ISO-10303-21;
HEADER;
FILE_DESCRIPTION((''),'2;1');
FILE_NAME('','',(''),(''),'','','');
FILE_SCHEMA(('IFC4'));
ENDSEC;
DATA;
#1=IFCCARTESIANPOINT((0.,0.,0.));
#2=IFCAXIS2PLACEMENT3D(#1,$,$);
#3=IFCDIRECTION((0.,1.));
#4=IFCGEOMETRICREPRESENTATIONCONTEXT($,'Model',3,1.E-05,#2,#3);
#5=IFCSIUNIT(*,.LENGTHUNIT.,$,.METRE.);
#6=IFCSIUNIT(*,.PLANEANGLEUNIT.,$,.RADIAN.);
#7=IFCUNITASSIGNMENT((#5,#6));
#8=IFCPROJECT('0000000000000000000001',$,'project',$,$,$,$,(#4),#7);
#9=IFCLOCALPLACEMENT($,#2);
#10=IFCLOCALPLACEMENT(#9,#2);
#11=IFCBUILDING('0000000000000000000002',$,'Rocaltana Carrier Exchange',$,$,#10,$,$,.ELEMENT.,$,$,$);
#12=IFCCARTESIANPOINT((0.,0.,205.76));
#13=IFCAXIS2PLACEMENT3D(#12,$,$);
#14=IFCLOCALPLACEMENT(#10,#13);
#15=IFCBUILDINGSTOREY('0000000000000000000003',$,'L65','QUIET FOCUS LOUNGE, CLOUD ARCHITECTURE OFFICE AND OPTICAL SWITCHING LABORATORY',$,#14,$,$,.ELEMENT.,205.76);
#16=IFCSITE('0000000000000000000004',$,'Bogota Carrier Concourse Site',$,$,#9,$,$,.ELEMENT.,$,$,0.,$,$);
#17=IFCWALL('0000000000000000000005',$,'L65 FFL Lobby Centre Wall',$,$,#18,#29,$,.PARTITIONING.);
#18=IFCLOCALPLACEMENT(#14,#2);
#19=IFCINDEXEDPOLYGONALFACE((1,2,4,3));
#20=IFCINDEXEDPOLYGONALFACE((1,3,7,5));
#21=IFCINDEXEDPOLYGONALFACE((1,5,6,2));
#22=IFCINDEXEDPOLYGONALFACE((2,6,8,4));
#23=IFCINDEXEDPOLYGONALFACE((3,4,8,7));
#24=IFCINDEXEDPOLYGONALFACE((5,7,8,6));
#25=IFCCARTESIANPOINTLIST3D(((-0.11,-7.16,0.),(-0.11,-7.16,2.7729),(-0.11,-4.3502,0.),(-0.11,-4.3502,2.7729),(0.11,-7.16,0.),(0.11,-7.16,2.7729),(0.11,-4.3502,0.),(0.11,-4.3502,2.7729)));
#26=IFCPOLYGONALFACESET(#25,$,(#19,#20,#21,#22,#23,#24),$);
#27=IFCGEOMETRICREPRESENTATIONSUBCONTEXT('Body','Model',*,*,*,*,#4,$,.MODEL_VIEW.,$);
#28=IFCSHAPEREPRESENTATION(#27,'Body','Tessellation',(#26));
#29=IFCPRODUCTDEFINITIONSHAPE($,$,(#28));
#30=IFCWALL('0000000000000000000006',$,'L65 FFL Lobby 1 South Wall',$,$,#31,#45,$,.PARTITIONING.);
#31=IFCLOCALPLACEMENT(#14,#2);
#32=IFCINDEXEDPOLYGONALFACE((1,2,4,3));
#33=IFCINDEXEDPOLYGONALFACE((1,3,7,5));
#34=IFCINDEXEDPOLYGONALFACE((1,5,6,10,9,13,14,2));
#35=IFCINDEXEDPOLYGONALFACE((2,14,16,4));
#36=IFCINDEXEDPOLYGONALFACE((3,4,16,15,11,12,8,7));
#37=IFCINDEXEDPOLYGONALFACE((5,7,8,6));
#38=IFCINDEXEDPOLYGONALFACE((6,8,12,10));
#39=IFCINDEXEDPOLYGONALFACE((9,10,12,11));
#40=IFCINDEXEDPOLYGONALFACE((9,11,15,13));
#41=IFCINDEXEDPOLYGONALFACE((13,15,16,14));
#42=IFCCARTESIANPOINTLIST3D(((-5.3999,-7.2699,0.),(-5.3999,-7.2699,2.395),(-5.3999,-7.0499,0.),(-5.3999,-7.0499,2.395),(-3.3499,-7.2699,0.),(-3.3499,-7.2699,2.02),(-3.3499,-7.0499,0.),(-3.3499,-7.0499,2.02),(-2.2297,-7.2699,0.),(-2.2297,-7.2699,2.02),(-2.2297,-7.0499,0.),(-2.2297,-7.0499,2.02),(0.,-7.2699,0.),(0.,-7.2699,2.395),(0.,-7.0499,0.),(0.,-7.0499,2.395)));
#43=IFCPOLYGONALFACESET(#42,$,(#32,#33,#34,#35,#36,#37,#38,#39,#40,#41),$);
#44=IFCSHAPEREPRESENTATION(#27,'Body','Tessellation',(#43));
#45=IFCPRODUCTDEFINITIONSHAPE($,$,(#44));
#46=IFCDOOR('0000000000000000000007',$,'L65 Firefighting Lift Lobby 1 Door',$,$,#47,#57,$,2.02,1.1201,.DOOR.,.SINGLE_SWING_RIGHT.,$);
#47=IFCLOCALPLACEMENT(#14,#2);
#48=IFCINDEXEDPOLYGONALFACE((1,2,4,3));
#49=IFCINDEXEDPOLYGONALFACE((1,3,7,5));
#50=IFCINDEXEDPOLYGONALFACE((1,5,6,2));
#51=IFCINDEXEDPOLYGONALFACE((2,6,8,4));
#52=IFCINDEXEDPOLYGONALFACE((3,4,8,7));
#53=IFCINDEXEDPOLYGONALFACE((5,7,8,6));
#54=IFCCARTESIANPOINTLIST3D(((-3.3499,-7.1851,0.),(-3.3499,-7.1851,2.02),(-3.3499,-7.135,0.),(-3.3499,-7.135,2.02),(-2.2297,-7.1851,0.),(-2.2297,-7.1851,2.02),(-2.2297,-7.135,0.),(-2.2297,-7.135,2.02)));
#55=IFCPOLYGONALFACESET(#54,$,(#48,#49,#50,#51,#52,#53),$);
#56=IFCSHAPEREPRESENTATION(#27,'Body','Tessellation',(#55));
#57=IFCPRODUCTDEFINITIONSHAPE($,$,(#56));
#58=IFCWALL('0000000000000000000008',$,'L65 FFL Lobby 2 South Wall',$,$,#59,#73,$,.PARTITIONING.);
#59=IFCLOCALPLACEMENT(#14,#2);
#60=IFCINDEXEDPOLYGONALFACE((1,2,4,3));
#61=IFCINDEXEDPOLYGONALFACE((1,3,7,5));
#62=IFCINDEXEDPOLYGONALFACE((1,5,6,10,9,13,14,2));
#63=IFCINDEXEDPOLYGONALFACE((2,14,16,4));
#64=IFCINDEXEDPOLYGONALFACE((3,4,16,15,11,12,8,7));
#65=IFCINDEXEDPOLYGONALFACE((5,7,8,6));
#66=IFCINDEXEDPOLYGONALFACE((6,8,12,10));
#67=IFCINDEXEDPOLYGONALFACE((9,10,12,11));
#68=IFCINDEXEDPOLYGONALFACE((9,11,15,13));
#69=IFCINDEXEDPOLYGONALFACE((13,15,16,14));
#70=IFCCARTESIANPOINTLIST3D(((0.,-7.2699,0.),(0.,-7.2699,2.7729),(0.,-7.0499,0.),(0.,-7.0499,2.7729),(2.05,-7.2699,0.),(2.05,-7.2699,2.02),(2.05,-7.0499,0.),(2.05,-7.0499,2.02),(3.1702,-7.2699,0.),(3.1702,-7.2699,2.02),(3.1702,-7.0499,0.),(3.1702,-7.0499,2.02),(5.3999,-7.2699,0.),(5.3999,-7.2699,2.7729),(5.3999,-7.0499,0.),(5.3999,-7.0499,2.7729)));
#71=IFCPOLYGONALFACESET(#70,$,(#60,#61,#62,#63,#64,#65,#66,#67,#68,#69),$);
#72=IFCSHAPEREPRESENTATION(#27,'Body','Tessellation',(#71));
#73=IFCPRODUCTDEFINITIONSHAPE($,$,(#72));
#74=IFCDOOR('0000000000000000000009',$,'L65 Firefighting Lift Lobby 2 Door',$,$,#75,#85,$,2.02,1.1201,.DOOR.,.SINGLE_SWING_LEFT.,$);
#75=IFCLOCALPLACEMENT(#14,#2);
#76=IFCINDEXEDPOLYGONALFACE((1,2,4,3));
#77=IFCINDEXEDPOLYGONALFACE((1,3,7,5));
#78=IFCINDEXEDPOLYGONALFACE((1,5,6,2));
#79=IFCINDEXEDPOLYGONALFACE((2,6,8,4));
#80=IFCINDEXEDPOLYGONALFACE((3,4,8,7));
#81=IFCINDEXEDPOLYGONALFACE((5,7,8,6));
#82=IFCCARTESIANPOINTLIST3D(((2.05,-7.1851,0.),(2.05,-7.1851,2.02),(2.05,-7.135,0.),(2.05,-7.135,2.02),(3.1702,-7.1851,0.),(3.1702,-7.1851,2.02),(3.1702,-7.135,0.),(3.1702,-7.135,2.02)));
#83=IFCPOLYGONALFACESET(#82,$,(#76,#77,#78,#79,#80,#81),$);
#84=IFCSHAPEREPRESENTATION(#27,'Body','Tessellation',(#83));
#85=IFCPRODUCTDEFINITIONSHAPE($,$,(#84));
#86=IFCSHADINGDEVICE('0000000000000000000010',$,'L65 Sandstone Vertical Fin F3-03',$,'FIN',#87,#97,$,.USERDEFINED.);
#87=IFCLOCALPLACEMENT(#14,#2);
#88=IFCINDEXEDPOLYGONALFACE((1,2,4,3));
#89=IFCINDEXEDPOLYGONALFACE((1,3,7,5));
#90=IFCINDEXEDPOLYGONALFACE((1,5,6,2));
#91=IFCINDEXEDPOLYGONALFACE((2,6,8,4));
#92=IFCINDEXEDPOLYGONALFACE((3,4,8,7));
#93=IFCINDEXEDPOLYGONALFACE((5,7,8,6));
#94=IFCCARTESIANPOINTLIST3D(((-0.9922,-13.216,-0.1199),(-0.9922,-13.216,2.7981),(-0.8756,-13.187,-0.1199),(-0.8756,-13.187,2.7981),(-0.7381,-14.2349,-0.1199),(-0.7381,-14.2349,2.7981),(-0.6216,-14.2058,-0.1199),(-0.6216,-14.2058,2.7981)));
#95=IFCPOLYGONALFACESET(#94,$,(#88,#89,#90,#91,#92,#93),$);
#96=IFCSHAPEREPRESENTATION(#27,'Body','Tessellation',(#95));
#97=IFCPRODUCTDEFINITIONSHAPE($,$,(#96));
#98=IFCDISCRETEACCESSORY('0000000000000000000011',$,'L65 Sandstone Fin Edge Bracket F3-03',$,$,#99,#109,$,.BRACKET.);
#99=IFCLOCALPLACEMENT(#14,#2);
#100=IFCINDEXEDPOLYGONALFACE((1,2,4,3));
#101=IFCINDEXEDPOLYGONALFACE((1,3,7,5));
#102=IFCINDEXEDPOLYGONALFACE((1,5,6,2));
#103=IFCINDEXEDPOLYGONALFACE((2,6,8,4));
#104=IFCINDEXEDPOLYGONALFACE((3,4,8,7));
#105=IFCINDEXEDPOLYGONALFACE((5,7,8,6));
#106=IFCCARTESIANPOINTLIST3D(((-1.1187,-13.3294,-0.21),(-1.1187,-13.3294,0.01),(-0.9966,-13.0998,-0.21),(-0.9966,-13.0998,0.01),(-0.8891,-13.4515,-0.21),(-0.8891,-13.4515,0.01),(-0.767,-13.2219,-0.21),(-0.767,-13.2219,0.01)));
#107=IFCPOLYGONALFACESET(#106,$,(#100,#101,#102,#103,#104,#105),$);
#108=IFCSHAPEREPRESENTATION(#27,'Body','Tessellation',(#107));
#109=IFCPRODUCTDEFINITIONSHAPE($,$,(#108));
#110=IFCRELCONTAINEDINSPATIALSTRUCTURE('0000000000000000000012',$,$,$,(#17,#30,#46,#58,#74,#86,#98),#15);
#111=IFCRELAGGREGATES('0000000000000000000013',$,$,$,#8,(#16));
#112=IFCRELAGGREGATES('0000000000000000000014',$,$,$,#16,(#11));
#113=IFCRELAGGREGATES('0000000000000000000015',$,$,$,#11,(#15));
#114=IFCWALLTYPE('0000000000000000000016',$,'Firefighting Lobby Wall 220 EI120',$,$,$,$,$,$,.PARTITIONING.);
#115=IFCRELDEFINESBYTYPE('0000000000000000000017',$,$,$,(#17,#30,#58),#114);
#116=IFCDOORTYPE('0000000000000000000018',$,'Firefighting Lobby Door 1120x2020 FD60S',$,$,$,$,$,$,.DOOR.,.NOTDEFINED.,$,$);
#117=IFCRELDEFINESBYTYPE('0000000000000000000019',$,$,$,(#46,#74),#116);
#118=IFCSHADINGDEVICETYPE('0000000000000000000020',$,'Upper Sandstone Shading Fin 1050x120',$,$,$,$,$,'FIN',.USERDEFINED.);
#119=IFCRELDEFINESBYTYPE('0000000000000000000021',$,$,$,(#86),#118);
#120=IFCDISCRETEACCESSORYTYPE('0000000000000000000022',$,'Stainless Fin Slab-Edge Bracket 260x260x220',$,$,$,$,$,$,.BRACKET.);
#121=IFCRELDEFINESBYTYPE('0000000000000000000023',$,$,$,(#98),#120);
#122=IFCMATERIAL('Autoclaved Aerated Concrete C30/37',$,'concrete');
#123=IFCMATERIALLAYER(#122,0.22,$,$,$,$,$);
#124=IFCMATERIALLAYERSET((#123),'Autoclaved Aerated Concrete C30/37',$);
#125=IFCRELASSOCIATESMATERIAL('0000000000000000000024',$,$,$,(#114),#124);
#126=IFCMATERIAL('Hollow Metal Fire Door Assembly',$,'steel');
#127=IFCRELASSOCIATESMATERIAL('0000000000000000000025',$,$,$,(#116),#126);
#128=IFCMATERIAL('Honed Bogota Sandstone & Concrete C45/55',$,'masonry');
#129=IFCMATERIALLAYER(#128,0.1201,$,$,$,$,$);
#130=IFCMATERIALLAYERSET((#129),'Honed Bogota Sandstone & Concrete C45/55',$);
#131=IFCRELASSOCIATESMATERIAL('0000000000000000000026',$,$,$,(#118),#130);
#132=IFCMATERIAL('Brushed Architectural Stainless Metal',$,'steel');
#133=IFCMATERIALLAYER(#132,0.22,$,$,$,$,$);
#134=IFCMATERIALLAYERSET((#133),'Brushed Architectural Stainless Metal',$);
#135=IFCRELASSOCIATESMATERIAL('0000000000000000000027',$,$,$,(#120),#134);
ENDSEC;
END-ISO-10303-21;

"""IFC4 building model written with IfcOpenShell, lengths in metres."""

from ifc_helpers import new_model, si_unit, direction, frame, frame_2d, origin, origin_2d, place, context, subcontext, project, spatial, rectangle, extrude, material, layer, layer_set, type_object, element, fill, save


model = new_model("IFC4")

# Units and contexts
model_context = context("Model", 3, precision=1e-05, world=origin(), true_north=direction((0.0, 1.0)))
body_context = subcontext(model_context, "Body", "Model", "MODEL_VIEW")
ifc_project = project(units=[si_unit("LENGTHUNIT", "METRE"), si_unit("PLANEANGLEUNIT", "RADIAN")], contexts=[model_context])

# Site, building, storey
site_placement = place(None, origin())
site = spatial("IfcSite", under=ifc_project, at=site_placement, Name="Bogota Carrier Concourse Site", CompositionType="ELEMENT", RefElevation=0.0)
building_placement = place(site_placement, origin())
building = spatial("IfcBuilding", under=site, at=building_placement, Name="Rocaltana Carrier Exchange", CompositionType="ELEMENT")
storey_placement = place(building_placement, frame((0.0, 0.0, 205.76)))
storey = spatial("IfcBuildingStorey", under=building, at=storey_placement, Name="L65", Description="QUIET FOCUS LOUNGE, CLOUD ARCHITECTURE OFFICE AND OPTICAL SWITCHING LABORATORY", CompositionType="ELEMENT", Elevation=205.76)

# Wall
ifc_material_1 = material(Name="Autoclaved Aerated Concrete C30/37", Category="concrete")
ifc_layer_1 = layer(ifc_material_1, 0.22)
ifc_layer_set_1 = layer_set([ifc_layer_1], Name="Autoclaved Aerated Concrete C30/37")
wall_type_1 = type_object("IfcWallType", Name="Firefighting Lobby Wall 220 EI120", PredefinedType="PARTITIONING", material=ifc_layer_set_1)
wall_1_placement = place(storey_placement, frame((0.0, -7.1599, 0.0), z_axis=(0.0, 0.0, 1.0), x_axis=(0.0, 1.0, 0.0)))
element("IfcWall", 1, at=wall_1_placement, inside=storey, type_object=wall_type_1, Name="L65 FFL Lobby Centre Wall", PredefinedType="PARTITIONING", context=body_context, shape_type="SweptSolid", body=[
    extrude(rectangle(XDim=2.8098, YDim=0.22, at=frame_2d((1.4048, 0.0))), origin(), (0.0, 0.0, 1.0), 2.7729),
])

# Walls, openings, doors
wall_2_placement = place(storey_placement, frame((-5.3999, -7.1599, 0.0), z_axis=(0.0, 0.0, 1.0), x_axis=(1.0, 0.0, 0.0)))
wall_2 = element("IfcWall", 2, at=wall_2_placement, inside=storey, type_object=wall_type_1, Name="L65 FFL Lobby 1 South Wall", PredefinedType="PARTITIONING", context=body_context, shape_type="SweptSolid", body=[
    extrude(rectangle(XDim=5.3999, YDim=0.22, at=frame_2d((2.7, 0.0))), origin(), (0.0, 0.0, 1.0), 2.395),
])
opening_1_placement = place(wall_2_placement, frame((2.05, 0.0, 0.0)))
opening_1 = element("IfcOpeningElement", 3, at=opening_1_placement, cuts=wall_2, PredefinedType="OPENING", context=body_context, shape_type="SweptSolid", body=[
    extrude(rectangle(XDim=1.1201, YDim=2.02, at=frame_2d((0.5601, 1.01))), frame((0.0, 0.1199, 0.0), z_axis=(0.0, -1.0, 0.0), x_axis=(1.0, 0.0, 0.0)), (0.0, 0.0, 1.0), 0.24),
])
ifc_material_2 = material(Name="Hollow Metal Fire Door Assembly", Category="steel")
door_type = type_object("IfcDoorType", Name="Firefighting Lobby Door 1120x2020 FD60S", OperationType="NOTDEFINED", PredefinedType="DOOR", material=ifc_material_2)
door_1_placement = place(opening_1_placement, origin())
door_1 = element("IfcDoor", 4, at=door_1_placement, inside=storey, type_object=door_type, Name="L65 Firefighting Lift Lobby 1 Door", OperationType="SINGLE_SWING_RIGHT", OverallHeight=2.02, OverallWidth=1.1201, PredefinedType="DOOR", context=body_context, shape_type="SweptSolid", body=[
    extrude(rectangle(XDim=1.1201, YDim=2.02, at=frame_2d((0.5601, 1.01))), frame((0.0, 0.0249, 0.0), z_axis=(0.0, -1.0, 0.0), x_axis=(1.0, 0.0, 0.0)), (0.0, 0.0, 1.0), 0.05),
])
fill(opening_1, door_1)
wall_3_placement = place(storey_placement, frame((0.0, -7.1599, 0.0), z_axis=(0.0, 0.0, 1.0), x_axis=(1.0, 0.0, 0.0)))
wall_3 = element("IfcWall", 5, at=wall_3_placement, inside=storey, type_object=wall_type_1, Name="L65 FFL Lobby 2 South Wall", PredefinedType="PARTITIONING", context=body_context, shape_type="SweptSolid", body=[
    extrude(rectangle(XDim=5.3999, YDim=0.22, at=frame_2d((2.7, 0.0))), origin(), (0.0, 0.0, 1.0), 2.7729),
])
opening_2_placement = place(wall_3_placement, frame((2.05, 0.0, 0.0)))
opening_2 = element("IfcOpeningElement", 6, at=opening_2_placement, cuts=wall_3, PredefinedType="OPENING", context=body_context, shape_type="SweptSolid", body=[
    extrude(rectangle(XDim=1.1201, YDim=2.02, at=frame_2d((0.5601, 1.01))), frame((0.0, 0.1199, 0.0), z_axis=(0.0, -1.0, 0.0), x_axis=(1.0, 0.0, 0.0)), (0.0, 0.0, 1.0), 0.24),
])
door_2_placement = place(opening_2_placement, origin())
door_2 = element("IfcDoor", 7, at=door_2_placement, inside=storey, type_object=door_type, Name="L65 Firefighting Lift Lobby 2 Door", OperationType="SINGLE_SWING_LEFT", OverallHeight=2.02, OverallWidth=1.1201, PredefinedType="DOOR", context=body_context, shape_type="SweptSolid", body=[
    extrude(rectangle(XDim=1.1201, YDim=2.02, at=frame_2d((0.5601, 1.01))), frame((0.0, 0.0249, 0.0), z_axis=(0.0, -1.0, 0.0), x_axis=(1.0, 0.0, 0.0)), (0.0, 0.0, 1.0), 0.05),
])
fill(opening_2, door_2)

# Shading device
ifc_material_3 = material(Name="Honed Bogota Sandstone & Concrete C45/55", Category="masonry")
ifc_layer_2 = layer(ifc_material_3, 0.1201)
ifc_layer_set_2 = layer_set([ifc_layer_2], Name="Honed Bogota Sandstone & Concrete C45/55")
shading_device_type = type_object("IfcShadingDeviceType", Name="Upper Sandstone Shading Fin 1050x120", ElementType="FIN", PredefinedType="USERDEFINED", material=ifc_layer_set_2)
shading_device_placement = place(storey_placement, frame((-0.8069, -13.7109, -0.1199), z_axis=(0.0, 0.0, 1.0), x_axis=(0.241922, -0.970296, 0.0)))
element("IfcShadingDevice", 8, at=shading_device_placement, inside=storey, type_object=shading_device_type, Name="L65 Sandstone Vertical Fin F3-03", ObjectType="FIN", PredefinedType="USERDEFINED", context=body_context, shape_type="SweptSolid", body=[
    extrude(rectangle(XDim=1.05, YDim=0.1201, at=origin_2d()), origin(), (0.0, 0.0, 1.0), 2.918),
])

# Discrete accessory
ifc_material_4 = material(Name="Brushed Architectural Stainless Metal", Category="steel")
ifc_layer_3 = layer(ifc_material_4, 0.22)
ifc_layer_set_3 = layer_set([ifc_layer_3], Name="Brushed Architectural Stainless Metal")
discrete_accessory_type = type_object("IfcDiscreteAccessoryType", Name="Stainless Fin Slab-Edge Bracket 260x260x220", PredefinedType="BRACKET", material=ifc_layer_set_3)
discrete_accessory_placement = place(storey_placement, frame((-0.9429, -13.2756, -0.21), z_axis=(0.0, 0.0, 1.0), x_axis=(0.882948, -0.469472, 0.0)))
element("IfcDiscreteAccessory", 9, at=discrete_accessory_placement, inside=storey, type_object=discrete_accessory_type, Name="L65 Sandstone Fin Edge Bracket F3-03", PredefinedType="BRACKET", context=body_context, shape_type="SweptSolid", body=[
    extrude(rectangle(XDim=0.26, YDim=0.26, at=origin_2d()), origin(), (0.0, 0.0, 1.0), 0.22),
])

save(model, "model.ifc")
